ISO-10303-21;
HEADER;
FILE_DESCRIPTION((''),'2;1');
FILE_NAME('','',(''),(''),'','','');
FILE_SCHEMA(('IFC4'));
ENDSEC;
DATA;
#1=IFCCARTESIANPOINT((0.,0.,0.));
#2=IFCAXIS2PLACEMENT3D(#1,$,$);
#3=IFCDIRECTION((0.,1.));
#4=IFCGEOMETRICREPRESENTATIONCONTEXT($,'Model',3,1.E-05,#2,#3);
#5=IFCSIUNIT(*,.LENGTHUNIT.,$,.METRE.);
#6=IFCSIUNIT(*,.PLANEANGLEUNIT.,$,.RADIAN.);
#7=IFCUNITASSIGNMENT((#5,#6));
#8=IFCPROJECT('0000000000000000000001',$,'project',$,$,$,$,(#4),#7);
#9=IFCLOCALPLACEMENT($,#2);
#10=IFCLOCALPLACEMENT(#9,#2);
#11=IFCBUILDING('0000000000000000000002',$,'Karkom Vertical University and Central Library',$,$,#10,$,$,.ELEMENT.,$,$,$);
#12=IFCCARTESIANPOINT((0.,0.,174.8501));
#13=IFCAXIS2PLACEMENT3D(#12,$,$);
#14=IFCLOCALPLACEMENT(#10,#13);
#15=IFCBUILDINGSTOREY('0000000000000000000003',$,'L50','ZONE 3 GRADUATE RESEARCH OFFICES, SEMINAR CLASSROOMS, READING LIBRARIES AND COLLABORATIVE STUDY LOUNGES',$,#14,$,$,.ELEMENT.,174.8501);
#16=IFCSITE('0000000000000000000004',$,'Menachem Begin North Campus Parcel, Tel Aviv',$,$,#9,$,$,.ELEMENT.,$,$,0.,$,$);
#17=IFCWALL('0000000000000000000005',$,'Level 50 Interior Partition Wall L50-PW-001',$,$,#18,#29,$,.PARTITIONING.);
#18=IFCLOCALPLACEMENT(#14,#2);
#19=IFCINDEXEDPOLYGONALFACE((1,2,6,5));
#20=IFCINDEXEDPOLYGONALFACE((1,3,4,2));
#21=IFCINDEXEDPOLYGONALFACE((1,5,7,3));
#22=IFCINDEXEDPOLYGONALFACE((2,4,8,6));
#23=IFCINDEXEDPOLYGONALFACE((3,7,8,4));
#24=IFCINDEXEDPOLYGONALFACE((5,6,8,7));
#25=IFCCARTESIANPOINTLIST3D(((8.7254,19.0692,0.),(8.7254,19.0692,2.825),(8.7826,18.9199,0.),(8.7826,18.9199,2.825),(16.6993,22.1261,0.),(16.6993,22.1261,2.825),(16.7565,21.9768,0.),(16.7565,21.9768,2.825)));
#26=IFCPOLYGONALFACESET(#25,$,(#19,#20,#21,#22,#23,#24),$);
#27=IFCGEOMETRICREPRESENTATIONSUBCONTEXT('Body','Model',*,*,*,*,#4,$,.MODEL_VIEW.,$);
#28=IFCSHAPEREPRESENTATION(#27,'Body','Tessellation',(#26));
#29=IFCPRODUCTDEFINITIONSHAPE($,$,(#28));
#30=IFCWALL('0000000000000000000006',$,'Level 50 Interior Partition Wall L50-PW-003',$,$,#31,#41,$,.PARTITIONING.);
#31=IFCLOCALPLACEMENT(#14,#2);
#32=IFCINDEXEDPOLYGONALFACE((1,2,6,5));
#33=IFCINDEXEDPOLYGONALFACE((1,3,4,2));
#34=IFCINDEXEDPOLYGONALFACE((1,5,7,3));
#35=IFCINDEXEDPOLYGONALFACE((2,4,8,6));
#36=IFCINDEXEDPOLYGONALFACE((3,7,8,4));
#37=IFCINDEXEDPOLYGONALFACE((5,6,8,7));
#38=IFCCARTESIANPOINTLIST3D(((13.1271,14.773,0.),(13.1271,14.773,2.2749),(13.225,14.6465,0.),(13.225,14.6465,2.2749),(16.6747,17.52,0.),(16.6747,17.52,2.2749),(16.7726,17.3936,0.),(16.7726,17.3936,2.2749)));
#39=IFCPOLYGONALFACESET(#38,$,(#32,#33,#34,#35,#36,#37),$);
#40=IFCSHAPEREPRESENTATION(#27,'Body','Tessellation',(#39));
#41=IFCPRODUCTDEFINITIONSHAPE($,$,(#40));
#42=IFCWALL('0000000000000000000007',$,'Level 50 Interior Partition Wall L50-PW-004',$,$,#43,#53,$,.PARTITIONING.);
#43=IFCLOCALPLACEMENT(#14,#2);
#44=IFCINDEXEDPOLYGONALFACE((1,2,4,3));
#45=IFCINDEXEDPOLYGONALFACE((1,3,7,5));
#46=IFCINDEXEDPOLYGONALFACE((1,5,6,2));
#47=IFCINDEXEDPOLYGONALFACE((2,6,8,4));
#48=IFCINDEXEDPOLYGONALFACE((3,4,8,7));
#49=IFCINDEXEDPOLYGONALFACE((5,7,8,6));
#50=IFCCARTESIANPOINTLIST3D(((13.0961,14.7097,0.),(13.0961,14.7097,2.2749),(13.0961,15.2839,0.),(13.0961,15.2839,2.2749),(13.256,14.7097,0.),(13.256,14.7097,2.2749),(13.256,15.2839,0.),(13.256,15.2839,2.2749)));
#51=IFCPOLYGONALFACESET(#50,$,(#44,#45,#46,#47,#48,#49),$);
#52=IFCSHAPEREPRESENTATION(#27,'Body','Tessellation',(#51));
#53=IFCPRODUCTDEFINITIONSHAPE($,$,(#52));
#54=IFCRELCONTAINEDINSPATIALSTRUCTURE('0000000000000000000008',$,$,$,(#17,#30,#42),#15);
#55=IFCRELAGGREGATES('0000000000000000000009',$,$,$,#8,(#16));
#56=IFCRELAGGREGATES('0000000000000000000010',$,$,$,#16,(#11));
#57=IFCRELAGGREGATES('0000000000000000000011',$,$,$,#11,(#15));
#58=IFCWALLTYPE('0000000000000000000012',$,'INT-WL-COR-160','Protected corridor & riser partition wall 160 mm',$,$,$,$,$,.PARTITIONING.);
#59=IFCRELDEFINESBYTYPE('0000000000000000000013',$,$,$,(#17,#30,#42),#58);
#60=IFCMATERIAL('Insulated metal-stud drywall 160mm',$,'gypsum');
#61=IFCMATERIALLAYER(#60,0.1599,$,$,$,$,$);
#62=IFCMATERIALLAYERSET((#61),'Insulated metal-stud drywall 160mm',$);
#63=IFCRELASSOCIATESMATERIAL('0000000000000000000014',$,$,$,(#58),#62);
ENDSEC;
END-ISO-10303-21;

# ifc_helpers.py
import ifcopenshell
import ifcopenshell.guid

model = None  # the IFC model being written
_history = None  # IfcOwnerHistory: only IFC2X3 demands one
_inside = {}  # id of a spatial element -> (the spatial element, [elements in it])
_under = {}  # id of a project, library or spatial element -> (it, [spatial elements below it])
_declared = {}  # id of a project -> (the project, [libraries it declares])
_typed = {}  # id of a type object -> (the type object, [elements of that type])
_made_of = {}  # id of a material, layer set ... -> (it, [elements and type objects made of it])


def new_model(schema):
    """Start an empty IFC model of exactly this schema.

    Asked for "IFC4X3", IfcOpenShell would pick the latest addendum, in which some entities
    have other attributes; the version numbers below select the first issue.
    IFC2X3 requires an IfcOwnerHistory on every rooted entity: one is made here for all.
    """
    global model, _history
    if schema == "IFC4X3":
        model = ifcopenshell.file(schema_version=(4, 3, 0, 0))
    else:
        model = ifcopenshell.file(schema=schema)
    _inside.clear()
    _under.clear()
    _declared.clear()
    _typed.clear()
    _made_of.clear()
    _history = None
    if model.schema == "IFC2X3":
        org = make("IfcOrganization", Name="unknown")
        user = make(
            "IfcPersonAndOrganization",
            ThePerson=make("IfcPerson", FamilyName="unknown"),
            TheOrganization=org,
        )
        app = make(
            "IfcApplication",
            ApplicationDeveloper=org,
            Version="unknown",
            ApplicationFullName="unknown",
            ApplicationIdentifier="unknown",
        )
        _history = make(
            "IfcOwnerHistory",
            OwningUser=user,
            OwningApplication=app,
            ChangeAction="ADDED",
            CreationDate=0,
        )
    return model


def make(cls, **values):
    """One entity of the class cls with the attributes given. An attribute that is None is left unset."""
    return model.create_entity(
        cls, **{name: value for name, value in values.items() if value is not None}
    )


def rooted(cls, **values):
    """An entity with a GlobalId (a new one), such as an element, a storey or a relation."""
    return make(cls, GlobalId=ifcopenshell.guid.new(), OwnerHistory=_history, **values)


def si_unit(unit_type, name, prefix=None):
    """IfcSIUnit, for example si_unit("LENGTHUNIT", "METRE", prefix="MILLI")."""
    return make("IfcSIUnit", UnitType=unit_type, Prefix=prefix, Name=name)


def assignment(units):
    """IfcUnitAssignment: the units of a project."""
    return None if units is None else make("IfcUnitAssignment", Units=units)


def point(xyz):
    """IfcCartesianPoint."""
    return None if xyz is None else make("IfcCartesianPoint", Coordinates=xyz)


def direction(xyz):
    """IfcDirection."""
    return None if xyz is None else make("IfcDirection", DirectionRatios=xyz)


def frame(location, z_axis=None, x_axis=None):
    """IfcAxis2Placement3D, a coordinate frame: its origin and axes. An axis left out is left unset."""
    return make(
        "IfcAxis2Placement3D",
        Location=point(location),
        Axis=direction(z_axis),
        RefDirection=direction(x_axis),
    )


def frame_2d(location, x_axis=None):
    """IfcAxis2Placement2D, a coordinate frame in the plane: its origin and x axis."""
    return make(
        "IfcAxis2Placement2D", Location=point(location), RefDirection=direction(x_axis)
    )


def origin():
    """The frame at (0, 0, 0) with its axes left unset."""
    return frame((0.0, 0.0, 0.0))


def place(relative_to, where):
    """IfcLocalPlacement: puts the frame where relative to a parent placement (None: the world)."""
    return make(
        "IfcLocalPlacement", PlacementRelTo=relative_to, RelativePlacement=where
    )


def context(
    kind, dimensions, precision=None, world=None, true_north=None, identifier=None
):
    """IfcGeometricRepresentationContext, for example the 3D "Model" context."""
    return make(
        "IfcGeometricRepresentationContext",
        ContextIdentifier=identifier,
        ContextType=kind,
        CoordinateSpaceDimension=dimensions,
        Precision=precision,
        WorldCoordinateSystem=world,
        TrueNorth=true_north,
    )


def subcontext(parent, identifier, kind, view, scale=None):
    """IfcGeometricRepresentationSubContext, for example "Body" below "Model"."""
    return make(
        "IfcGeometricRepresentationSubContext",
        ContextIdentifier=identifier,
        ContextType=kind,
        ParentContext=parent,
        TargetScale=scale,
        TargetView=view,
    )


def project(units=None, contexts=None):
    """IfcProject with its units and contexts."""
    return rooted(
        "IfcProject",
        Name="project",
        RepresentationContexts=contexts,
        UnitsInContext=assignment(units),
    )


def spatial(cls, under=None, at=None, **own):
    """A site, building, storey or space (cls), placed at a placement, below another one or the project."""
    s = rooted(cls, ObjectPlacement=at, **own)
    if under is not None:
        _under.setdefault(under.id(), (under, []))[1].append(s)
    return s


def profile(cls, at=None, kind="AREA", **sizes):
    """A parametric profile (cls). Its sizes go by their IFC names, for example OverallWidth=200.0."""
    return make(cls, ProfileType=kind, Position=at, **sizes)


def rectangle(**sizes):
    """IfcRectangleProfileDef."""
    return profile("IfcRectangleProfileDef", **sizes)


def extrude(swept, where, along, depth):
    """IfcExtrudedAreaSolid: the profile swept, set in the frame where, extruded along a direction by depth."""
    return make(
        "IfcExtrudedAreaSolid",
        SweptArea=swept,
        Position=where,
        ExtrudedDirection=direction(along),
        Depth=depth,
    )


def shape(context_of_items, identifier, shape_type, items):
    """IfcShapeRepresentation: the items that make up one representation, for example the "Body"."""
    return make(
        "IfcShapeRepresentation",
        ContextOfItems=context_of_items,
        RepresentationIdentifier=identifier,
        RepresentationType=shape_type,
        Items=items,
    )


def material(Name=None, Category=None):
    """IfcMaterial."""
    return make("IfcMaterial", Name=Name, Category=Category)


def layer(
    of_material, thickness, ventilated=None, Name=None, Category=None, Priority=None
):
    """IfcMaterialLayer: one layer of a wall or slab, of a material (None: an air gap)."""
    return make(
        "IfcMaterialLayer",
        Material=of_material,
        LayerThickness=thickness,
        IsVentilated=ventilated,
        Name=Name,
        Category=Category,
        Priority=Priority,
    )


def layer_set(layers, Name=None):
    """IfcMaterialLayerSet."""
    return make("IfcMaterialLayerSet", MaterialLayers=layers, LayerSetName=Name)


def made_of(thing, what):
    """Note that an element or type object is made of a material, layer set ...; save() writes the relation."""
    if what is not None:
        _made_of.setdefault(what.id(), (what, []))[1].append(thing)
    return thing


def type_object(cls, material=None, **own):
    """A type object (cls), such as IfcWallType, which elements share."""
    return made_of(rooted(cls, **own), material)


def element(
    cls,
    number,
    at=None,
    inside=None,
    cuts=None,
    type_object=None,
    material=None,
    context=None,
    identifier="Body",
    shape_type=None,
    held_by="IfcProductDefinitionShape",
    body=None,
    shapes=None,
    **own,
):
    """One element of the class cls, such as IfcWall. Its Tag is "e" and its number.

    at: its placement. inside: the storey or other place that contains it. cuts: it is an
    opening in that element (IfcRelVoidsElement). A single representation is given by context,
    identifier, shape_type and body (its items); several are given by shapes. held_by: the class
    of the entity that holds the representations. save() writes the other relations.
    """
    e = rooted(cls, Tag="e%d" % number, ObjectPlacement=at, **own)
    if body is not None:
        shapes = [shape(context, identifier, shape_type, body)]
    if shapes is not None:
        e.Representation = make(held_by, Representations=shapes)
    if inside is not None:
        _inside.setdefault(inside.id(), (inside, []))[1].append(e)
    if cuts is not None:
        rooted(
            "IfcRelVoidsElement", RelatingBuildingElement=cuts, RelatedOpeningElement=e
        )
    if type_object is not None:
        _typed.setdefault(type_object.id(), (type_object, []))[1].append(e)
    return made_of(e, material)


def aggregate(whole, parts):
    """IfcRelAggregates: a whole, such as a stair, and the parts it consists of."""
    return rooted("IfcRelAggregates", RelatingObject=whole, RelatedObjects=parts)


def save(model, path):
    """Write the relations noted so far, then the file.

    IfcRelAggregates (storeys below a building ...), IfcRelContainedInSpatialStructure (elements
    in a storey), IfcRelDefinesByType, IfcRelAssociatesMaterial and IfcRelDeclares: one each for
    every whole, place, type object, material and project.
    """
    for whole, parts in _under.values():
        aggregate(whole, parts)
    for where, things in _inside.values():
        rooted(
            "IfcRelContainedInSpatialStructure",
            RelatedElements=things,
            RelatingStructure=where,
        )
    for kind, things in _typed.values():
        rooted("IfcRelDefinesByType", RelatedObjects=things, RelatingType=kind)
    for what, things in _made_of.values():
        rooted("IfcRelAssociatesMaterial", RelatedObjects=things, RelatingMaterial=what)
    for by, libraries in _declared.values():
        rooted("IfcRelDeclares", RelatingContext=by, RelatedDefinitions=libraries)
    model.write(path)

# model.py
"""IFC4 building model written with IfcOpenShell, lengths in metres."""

from ifc_helpers import new_model, si_unit, direction, frame, frame_2d, origin, place, context, subcontext, project, spatial, rectangle, extrude, material, layer, layer_set, type_object, element, save


model = new_model("IFC4")

# Units and contexts
model_context = context("Model", 3, precision=1e-05, world=origin(), true_north=direction((0.0, 1.0)))
body_context = subcontext(model_context, "Body", "Model", "MODEL_VIEW")
ifc_project = project(units=[si_unit("LENGTHUNIT", "METRE"), si_unit("PLANEANGLEUNIT", "RADIAN")], contexts=[model_context])

# Site, building, storey
site_placement = place(None, origin())
site = spatial("IfcSite", under=ifc_project, at=site_placement, Name="Menachem Begin North Campus Parcel, Tel Aviv", CompositionType="ELEMENT", RefElevation=0.0)
building_placement = place(site_placement, origin())
building = spatial("IfcBuilding", under=site, at=building_placement, Name="Karkom Vertical University and Central Library", CompositionType="ELEMENT")
storey_placement = place(building_placement, frame((0.0, 0.0, 174.8501)))
storey = spatial("IfcBuildingStorey", under=building, at=storey_placement, Name="L50", Description="ZONE 3 GRADUATE RESEARCH OFFICES, SEMINAR CLASSROOMS, READING LIBRARIES AND COLLABORATIVE STUDY LOUNGES", CompositionType="ELEMENT", Elevation=174.8501)

# Shared definitions
ifc_material_1 = material(Name="Insulated metal-stud drywall 160mm", Category="gypsum")
ifc_layer_1 = layer(ifc_material_1, 0.1599)
ifc_layer_set_1 = layer_set([ifc_layer_1], Name="Insulated metal-stud drywall 160mm")
wall_type_1 = type_object("IfcWallType", Name="INT-WL-COR-160", Description="Protected corridor & riser partition wall 160 mm", PredefinedType="PARTITIONING", material=ifc_layer_set_1)

# Walls
wall_1_placement = place(storey_placement, frame((16.728, 22.0515, 0.0), z_axis=(0.0, 0.0, 1.0), x_axis=(-0.933737, -0.35796, 0.0)))
element("IfcWall", 1, at=wall_1_placement, inside=storey, type_object=wall_type_1, Name="Level 50 Interior Partition Wall L50-PW-001", PredefinedType="PARTITIONING", context=body_context, shape_type="SweptSolid", body=[
    extrude(rectangle(XDim=8.5398, YDim=0.1599, at=frame_2d((4.27, 0.0))), origin(), (0.0, 0.0, 1.0), 2.825),
])
wall_2_placement = place(storey_placement, frame((16.7236, 17.4568, 0.0), z_axis=(0.0, 0.0, 1.0), x_axis=(-0.790666, -0.612248, 0.0)))
element("IfcWall", 2, at=wall_2_placement, inside=storey, type_object=wall_type_1, Name="Level 50 Interior Partition Wall L50-PW-003", PredefinedType="PARTITIONING", context=body_context, shape_type="SweptSolid", body=[
    extrude(rectangle(XDim=4.4868, YDim=0.1599, at=frame_2d((2.2434, 0.0))), origin(), (0.0, 0.0, 1.0), 2.2749),
])
wall_3_placement = place(storey_placement, frame((13.176, 14.7097, 0.0), z_axis=(0.0, 0.0, 1.0), x_axis=(0.0, 1.0, 0.0)))
element("IfcWall", 3, at=wall_3_placement, inside=storey, type_object=wall_type_1, Name="Level 50 Interior Partition Wall L50-PW-004", PredefinedType="PARTITIONING", context=body_context, shape_type="SweptSolid", body=[
    extrude(rectangle(XDim=0.5742, YDim=0.1599, at=frame_2d((0.2871, 0.0))), origin(), (0.0, 0.0, 1.0), 2.2749),
])

save(model, "model.ifc")
